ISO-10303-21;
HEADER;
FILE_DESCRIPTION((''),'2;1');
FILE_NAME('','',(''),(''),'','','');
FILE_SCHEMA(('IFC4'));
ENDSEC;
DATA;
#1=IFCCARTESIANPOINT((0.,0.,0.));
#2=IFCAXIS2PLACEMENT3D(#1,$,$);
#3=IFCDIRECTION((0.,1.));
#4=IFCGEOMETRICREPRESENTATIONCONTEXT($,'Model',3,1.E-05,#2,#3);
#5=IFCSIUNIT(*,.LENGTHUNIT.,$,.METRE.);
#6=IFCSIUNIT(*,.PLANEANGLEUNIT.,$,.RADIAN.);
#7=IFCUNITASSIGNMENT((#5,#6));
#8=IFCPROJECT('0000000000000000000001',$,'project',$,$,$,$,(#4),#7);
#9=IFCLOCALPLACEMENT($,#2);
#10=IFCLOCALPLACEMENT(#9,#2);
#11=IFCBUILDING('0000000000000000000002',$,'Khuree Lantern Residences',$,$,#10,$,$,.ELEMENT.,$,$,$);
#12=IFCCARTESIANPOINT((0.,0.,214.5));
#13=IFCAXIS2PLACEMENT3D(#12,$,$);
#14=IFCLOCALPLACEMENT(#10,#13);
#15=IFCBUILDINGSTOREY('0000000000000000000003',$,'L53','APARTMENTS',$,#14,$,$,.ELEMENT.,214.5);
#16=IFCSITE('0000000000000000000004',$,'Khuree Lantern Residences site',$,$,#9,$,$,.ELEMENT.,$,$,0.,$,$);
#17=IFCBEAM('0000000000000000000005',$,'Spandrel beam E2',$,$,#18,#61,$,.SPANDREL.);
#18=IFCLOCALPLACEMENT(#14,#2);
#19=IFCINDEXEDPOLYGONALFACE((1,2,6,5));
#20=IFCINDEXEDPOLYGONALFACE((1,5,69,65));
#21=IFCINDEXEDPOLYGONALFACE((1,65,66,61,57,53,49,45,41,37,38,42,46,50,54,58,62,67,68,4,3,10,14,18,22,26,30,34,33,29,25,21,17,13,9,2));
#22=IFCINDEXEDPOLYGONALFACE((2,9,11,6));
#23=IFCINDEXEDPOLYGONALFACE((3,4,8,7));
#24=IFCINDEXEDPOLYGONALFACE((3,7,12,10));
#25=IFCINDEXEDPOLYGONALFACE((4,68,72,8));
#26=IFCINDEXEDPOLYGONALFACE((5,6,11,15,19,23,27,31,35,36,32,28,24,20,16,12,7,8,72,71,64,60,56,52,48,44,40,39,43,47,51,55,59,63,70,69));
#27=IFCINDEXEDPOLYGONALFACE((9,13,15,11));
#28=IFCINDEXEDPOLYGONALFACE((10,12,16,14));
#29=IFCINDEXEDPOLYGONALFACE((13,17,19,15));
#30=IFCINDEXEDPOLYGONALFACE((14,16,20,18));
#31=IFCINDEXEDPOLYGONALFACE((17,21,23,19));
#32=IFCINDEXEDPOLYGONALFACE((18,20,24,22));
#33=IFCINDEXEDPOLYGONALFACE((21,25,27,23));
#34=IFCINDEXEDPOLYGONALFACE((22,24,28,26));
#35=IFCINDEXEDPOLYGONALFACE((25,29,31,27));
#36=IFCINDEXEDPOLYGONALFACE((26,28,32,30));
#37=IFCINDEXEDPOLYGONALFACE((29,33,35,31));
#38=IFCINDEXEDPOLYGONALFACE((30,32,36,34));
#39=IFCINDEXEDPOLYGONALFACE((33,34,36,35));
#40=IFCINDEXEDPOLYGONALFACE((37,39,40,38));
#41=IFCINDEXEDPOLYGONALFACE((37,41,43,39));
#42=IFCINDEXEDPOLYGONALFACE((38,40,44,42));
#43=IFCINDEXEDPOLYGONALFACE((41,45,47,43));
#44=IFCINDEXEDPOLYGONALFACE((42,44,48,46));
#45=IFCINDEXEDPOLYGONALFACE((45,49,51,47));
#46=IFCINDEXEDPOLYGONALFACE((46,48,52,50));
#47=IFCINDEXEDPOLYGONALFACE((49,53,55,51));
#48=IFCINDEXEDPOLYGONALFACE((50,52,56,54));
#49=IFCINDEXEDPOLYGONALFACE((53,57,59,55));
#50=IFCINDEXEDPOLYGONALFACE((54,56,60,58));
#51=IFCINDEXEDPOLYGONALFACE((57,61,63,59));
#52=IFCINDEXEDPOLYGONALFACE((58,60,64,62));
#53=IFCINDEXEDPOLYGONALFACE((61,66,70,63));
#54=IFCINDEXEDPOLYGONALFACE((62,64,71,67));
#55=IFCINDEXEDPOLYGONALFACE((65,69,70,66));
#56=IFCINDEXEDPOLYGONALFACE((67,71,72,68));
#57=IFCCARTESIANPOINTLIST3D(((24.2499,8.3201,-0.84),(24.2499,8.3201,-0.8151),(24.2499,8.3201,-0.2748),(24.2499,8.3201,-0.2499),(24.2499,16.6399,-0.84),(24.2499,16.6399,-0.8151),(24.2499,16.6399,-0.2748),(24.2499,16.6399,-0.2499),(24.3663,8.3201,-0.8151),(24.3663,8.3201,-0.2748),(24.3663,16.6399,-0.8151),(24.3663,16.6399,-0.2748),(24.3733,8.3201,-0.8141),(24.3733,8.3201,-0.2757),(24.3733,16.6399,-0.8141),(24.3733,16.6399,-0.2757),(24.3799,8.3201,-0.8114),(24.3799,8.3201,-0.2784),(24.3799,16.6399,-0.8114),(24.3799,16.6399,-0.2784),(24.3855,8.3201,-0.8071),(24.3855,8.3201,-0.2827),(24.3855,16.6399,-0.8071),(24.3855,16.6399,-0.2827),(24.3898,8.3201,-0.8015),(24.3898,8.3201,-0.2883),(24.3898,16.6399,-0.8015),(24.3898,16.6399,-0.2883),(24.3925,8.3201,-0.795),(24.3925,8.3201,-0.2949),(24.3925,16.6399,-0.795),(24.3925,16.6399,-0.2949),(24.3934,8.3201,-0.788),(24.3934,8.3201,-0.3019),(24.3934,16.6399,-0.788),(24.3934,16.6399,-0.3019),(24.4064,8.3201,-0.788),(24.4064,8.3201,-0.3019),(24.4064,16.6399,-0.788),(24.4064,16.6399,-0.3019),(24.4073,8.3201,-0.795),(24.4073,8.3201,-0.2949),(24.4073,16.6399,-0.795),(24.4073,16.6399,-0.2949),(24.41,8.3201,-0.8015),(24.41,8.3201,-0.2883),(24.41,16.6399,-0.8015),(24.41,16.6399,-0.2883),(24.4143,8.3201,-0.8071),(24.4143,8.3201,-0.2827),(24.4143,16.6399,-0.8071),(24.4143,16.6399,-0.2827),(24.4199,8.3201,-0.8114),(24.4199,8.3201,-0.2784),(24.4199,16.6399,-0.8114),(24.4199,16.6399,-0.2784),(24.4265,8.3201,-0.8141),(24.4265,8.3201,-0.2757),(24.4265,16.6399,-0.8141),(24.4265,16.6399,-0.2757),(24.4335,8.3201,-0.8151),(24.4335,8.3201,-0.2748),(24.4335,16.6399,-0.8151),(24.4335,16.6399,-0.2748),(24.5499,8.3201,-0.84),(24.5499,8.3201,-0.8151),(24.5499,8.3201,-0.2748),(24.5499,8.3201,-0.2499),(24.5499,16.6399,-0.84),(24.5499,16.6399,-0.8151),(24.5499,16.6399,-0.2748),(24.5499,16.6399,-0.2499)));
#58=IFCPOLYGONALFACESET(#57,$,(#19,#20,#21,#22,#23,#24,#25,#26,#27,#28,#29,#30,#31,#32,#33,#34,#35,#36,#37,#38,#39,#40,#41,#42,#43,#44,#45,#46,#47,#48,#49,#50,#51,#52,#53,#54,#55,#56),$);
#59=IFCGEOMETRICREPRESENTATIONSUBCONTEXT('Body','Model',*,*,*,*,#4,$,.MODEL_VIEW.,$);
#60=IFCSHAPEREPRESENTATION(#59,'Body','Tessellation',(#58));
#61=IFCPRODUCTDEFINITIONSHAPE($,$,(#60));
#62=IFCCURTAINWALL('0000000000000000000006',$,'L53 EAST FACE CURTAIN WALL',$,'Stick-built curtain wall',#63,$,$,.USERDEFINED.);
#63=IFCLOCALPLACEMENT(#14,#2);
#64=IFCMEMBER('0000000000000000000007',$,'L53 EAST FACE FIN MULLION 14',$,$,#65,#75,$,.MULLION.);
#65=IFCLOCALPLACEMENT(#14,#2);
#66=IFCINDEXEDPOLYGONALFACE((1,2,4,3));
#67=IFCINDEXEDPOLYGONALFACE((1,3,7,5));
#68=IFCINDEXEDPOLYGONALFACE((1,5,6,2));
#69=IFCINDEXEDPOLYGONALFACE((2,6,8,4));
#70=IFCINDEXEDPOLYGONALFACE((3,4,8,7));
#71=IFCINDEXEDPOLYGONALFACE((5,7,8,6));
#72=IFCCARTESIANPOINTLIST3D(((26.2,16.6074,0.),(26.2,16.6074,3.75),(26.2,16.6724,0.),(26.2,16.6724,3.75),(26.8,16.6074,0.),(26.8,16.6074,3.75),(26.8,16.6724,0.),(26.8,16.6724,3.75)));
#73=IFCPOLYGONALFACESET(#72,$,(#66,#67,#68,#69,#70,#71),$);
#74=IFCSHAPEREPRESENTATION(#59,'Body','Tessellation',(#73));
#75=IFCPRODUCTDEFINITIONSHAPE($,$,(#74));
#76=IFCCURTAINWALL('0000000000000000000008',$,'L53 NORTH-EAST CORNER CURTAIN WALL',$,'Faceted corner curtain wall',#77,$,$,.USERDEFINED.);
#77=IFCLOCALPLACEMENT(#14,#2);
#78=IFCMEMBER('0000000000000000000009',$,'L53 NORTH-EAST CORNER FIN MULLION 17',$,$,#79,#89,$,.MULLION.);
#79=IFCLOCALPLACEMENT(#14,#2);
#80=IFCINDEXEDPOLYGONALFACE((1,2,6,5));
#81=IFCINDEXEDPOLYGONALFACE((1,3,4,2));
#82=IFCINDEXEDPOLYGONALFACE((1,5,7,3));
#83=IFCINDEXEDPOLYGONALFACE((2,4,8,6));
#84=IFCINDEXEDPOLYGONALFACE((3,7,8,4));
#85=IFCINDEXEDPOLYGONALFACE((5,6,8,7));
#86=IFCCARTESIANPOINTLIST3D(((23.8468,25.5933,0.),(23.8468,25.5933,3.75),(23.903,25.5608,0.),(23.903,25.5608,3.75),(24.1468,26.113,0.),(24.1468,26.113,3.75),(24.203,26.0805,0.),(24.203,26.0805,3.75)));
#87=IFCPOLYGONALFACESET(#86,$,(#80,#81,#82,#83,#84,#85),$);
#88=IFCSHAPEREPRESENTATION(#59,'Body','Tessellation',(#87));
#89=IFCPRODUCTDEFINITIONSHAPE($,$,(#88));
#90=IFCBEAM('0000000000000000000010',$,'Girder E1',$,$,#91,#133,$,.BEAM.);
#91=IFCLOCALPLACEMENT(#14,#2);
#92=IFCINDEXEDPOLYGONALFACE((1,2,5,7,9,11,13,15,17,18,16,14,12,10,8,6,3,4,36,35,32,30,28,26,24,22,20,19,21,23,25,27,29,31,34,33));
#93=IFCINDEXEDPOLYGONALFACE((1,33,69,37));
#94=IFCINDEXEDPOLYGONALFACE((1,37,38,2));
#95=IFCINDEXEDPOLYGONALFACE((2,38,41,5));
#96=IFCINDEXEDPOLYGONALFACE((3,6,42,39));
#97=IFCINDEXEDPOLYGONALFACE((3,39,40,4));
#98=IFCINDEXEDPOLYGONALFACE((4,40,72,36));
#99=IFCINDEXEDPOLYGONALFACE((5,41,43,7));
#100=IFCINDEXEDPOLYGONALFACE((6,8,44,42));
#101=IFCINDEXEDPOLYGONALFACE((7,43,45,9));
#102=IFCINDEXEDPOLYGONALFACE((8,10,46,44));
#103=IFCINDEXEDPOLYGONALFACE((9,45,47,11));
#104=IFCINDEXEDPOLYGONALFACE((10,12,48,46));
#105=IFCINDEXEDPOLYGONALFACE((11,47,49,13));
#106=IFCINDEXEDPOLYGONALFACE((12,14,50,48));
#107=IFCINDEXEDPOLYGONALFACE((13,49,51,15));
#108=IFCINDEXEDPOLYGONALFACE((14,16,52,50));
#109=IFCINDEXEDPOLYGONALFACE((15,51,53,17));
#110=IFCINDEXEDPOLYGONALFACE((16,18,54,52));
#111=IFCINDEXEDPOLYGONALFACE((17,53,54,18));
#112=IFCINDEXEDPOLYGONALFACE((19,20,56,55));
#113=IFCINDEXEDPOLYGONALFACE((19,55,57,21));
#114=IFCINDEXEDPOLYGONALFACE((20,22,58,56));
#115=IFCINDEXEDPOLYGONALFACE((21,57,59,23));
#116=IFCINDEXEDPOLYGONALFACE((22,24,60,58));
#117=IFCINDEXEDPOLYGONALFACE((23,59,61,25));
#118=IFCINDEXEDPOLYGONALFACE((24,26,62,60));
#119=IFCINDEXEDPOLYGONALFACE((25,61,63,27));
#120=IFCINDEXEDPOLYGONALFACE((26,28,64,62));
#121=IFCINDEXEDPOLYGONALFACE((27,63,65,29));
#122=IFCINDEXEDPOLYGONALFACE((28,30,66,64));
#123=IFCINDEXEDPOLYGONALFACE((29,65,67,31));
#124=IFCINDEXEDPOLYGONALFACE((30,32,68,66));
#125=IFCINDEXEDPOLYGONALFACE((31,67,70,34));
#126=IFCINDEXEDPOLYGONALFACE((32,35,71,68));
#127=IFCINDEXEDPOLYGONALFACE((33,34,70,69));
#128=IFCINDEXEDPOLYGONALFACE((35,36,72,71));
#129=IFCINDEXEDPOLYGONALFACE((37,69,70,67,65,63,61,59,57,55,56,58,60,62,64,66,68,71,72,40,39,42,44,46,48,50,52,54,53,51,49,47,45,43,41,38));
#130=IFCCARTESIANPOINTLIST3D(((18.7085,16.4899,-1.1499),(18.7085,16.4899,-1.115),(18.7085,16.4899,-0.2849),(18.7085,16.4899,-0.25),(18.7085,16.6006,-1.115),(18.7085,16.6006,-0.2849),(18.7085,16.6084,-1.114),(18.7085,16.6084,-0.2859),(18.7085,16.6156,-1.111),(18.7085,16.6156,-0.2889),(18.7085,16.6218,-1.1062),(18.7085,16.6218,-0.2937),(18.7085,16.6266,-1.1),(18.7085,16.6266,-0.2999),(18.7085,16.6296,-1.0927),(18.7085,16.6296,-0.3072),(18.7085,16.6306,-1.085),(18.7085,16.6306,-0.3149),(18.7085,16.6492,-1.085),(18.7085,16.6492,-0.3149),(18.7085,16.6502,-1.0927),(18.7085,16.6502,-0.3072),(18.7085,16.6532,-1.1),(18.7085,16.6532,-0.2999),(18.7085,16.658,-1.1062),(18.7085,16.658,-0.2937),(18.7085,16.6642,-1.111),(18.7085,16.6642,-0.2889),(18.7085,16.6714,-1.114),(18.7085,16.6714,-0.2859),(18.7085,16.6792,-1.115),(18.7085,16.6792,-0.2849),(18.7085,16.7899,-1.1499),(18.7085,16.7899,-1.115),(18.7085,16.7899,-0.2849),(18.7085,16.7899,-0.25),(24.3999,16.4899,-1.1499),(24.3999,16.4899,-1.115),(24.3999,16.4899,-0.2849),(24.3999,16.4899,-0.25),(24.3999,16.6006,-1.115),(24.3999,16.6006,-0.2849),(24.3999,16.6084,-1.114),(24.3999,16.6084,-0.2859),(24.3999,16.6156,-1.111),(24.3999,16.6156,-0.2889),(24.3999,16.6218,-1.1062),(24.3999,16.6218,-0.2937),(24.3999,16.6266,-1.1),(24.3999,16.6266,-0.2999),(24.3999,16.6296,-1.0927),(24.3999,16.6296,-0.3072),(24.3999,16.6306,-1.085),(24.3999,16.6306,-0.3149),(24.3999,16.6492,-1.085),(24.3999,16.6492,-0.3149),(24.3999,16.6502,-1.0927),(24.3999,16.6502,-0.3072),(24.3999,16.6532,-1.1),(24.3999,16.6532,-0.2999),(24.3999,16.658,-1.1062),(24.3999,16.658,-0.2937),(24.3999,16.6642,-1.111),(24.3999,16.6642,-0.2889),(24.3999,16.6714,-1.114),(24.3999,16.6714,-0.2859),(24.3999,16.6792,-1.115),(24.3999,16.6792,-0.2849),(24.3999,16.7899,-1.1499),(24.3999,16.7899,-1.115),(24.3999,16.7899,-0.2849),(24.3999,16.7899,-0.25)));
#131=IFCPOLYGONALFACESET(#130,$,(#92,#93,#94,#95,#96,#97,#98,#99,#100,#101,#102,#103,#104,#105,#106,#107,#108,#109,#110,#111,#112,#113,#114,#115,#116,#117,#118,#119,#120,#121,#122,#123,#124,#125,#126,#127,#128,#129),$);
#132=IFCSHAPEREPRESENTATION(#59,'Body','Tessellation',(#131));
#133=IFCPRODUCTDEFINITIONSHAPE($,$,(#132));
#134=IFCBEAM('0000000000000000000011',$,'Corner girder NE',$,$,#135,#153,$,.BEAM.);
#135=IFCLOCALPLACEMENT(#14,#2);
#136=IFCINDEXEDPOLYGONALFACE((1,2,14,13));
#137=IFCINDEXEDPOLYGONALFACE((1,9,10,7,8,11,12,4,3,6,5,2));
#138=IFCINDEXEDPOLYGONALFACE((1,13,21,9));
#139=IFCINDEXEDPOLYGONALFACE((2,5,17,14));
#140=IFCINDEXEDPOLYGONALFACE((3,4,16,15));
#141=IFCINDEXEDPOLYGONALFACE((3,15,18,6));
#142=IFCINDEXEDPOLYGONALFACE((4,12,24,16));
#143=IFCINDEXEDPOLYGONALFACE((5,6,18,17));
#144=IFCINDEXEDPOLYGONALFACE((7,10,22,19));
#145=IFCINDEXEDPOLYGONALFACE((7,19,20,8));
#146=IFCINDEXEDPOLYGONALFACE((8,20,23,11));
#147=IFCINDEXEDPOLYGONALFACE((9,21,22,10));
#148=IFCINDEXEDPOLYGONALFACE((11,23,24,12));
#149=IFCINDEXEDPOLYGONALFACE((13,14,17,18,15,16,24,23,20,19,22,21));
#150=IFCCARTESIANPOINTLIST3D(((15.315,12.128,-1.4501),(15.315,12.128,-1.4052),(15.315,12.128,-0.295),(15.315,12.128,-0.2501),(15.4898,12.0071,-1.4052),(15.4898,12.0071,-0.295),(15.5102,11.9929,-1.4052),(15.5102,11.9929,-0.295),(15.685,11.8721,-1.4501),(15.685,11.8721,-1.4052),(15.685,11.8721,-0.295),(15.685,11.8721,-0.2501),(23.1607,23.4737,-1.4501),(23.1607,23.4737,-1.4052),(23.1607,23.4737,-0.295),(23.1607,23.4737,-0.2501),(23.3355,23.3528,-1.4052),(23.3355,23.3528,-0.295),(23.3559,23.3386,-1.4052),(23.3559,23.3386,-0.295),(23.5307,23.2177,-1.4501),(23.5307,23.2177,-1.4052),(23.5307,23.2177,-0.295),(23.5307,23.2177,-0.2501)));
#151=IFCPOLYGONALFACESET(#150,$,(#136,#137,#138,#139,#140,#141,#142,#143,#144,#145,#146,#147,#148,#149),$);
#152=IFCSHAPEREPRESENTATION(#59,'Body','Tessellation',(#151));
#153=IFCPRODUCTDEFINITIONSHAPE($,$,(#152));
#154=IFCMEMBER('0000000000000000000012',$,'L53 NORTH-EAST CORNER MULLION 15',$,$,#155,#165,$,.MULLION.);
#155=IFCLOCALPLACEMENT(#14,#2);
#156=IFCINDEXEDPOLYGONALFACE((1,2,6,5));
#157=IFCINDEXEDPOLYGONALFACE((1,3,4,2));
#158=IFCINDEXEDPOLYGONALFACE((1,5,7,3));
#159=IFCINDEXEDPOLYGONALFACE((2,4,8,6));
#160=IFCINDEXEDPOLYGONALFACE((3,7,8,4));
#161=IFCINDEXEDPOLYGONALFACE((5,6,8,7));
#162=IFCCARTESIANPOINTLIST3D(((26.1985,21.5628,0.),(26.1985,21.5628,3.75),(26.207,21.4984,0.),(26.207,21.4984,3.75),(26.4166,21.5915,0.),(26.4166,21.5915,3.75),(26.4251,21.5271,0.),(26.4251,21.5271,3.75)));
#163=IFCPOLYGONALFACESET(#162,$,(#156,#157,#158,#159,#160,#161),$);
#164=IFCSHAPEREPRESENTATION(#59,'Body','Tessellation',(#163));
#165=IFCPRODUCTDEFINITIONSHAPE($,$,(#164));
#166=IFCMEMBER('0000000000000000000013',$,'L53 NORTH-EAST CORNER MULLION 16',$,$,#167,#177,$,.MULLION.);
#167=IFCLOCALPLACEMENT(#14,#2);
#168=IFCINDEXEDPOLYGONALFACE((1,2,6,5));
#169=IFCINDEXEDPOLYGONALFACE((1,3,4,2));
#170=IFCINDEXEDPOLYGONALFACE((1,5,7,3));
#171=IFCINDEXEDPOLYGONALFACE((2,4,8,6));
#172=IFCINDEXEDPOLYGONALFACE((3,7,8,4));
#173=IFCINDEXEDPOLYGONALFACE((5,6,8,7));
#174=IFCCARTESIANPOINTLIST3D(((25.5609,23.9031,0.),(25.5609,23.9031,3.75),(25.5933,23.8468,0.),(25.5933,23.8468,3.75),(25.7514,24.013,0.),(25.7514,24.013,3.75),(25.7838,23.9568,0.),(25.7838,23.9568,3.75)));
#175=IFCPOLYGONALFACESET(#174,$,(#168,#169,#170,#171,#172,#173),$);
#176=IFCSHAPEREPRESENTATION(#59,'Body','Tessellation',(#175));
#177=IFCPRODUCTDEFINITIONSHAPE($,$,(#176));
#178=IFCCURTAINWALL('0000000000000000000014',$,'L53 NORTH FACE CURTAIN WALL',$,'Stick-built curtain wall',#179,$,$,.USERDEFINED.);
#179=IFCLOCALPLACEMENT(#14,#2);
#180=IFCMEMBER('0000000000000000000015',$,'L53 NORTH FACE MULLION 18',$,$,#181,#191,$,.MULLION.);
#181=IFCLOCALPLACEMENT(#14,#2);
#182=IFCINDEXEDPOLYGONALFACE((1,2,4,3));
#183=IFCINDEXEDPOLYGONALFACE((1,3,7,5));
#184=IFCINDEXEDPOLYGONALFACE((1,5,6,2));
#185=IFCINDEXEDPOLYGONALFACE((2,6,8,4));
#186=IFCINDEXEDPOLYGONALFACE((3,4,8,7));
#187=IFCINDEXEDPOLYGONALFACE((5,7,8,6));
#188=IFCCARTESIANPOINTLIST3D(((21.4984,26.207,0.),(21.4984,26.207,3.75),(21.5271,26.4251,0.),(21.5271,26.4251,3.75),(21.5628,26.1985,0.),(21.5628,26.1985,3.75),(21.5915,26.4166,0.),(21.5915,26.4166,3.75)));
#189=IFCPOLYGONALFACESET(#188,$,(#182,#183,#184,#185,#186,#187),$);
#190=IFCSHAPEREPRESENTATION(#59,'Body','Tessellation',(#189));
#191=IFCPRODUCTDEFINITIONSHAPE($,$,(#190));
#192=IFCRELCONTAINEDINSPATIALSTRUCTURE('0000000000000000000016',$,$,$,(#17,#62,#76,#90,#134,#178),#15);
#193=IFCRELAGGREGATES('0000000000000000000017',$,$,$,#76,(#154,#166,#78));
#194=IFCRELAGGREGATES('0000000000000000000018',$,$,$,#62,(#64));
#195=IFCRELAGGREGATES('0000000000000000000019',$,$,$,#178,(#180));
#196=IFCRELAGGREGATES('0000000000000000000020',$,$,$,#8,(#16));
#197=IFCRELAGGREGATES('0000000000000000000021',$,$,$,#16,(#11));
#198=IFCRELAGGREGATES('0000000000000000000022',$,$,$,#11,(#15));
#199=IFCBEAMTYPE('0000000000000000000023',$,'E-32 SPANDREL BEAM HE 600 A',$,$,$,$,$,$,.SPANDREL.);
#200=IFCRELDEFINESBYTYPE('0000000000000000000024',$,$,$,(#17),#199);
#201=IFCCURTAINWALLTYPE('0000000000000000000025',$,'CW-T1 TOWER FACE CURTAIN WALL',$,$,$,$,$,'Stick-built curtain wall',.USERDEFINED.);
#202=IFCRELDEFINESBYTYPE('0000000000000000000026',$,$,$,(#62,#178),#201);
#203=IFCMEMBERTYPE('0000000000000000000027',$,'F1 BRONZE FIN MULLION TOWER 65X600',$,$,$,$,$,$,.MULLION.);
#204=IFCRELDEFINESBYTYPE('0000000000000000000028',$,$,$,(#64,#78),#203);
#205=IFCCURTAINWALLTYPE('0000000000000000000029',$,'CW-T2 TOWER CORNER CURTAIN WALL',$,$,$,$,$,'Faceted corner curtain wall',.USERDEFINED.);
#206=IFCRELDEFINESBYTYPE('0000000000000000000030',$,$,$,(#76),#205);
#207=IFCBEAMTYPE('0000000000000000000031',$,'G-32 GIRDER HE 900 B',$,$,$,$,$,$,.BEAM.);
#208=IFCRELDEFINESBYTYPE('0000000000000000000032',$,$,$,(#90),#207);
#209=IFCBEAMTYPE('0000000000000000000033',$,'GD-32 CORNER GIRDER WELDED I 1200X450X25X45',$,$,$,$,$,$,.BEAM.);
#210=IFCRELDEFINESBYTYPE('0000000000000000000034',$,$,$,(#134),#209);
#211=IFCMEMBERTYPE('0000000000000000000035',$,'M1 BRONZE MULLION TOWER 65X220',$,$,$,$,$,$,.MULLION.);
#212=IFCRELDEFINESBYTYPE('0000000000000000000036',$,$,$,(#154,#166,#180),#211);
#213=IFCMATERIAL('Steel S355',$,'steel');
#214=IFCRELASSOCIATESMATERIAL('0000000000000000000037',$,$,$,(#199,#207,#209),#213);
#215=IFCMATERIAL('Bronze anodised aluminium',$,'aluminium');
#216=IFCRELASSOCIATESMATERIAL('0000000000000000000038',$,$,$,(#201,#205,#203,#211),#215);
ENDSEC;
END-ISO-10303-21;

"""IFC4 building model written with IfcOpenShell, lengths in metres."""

from ifc_helpers import new_model, si_unit, direction, frame, origin, origin_2d, place, context, subcontext, project, spatial, rectangle, i_section, extrude, material, material_profile, profile_set, type_object, element, aggregate, save


model = new_model("IFC4")

# Units and contexts
model_context = context("Model", 3, precision=1e-05, world=origin(), true_north=direction((0.0, 1.0)))
body_context = subcontext(model_context, "Body", "Model", "MODEL_VIEW")
ifc_project = project(units=[si_unit("LENGTHUNIT", "METRE"), si_unit("PLANEANGLEUNIT", "RADIAN")], contexts=[model_context])

# Site, building, storey
site_placement = place(None, origin())
site = spatial("IfcSite", under=ifc_project, at=site_placement, Name="Khuree Lantern Residences site", CompositionType="ELEMENT", RefElevation=0.0)
building_placement = place(site_placement, origin())
building = spatial("IfcBuilding", under=site, at=building_placement, Name="Khuree Lantern Residences", CompositionType="ELEMENT")
storey_placement = place(building_placement, frame((0.0, 0.0, 214.5)))
storey = spatial("IfcBuildingStorey", under=building, at=storey_placement, Name="L53", Description="APARTMENTS", CompositionType="ELEMENT", Elevation=214.5)

# Beam
ifc_material_1 = material(Name="Steel S355", Category="steel")
ifc_material_profile_1 = material_profile(ifc_material_1, i_section(OverallWidth=0.3, OverallDepth=0.5901, WebThickness=0.0129, FlangeThickness=0.0249, FilletRadius=0.0271, at=origin_2d()), Name="HE 600 A")
ifc_profile_set_1 = profile_set([ifc_material_profile_1], Name="Steel S355")
beam_type_1 = type_object("IfcBeamType", Name="E-32 SPANDREL BEAM HE 600 A", PredefinedType="SPANDREL", material=ifc_profile_set_1)
beam_1_placement = place(storey_placement, frame((24.3999, 16.6399, -0.5449), z_axis=(0.0, -1.0, 0.0), x_axis=(1.0, 0.0, 0.0)))
element("IfcBeam", 1, at=beam_1_placement, inside=storey, type_object=beam_type_1, Name="Spandrel beam E2", PredefinedType="SPANDREL", context=body_context, shape_type="SweptSolid", body=[
    extrude(i_section(OverallWidth=0.3, OverallDepth=0.5901, WebThickness=0.0129, FlangeThickness=0.0249, FilletRadius=0.0271, at=origin_2d()), origin(), (0.0, 0.0, 1.0), 8.3198),
])

# Curtain walls, members
ifc_material_2 = material(Name="Bronze anodised aluminium", Category="aluminium")
curtain_wall_type_1 = type_object("IfcCurtainWallType", Name="CW-T1 TOWER FACE CURTAIN WALL", ElementType="Stick-built curtain wall", PredefinedType="USERDEFINED", material=ifc_material_2)
curtain_wall_1_placement = place(storey_placement, origin())
curtain_wall_1 = element("IfcCurtainWall", 2, at=curtain_wall_1_placement, inside=storey, type_object=curtain_wall_type_1, Name="L53 EAST FACE CURTAIN WALL", ObjectType="Stick-built curtain wall", PredefinedType="USERDEFINED")
ifc_material_profile_2 = material_profile(ifc_material_2, rectangle(XDim=0.0649, YDim=0.6001, at=origin_2d()), Name="F1 65X600")
ifc_profile_set_2 = profile_set([ifc_material_profile_2], Name="Bronze anodised aluminium")
member_type_1 = type_object("IfcMemberType", Name="F1 BRONZE FIN MULLION TOWER 65X600", PredefinedType="MULLION", material=ifc_profile_set_2)
member_1_placement = place(storey_placement, frame((26.5, 16.6399, 0.0), z_axis=(0.0, 0.0, 1.0), x_axis=(0.0, 1.0, 0.0)))
member_1 = element("IfcMember", 3, at=member_1_placement, type_object=member_type_1, Name="L53 EAST FACE FIN MULLION 14", PredefinedType="MULLION", context=body_context, shape_type="SweptSolid", body=[
    extrude(rectangle(XDim=0.0649, YDim=0.6001, at=origin_2d()), origin(), (0.0, 0.0, 1.0), 3.75),
])
curtain_wall_type_2 = type_object("IfcCurtainWallType", Name="CW-T2 TOWER CORNER CURTAIN WALL", ElementType="Faceted corner curtain wall", PredefinedType="USERDEFINED", material=ifc_material_2)
curtain_wall_2_placement = place(storey_placement, origin())
curtain_wall_2 = element("IfcCurtainWall", 4, at=curtain_wall_2_placement, inside=storey, type_object=curtain_wall_type_2, Name="L53 NORTH-EAST CORNER CURTAIN WALL", ObjectType="Faceted corner curtain wall", PredefinedType="USERDEFINED")
member_2_placement = place(storey_placement, frame((24.0249, 25.8369, 0.0), z_axis=(0.0, 0.0, 1.0), x_axis=(-0.866025, 0.5, 0.0)))
member_2 = element("IfcMember", 5, at=member_2_placement, type_object=member_type_1, Name="L53 NORTH-EAST CORNER FIN MULLION 17", PredefinedType="MULLION", context=body_context, shape_type="SweptSolid", body=[
    extrude(rectangle(XDim=0.0649, YDim=0.6001, at=origin_2d()), origin(), (0.0, 0.0, 1.0), 3.75),
])

# Beams
ifc_material_profile_3 = material_profile(ifc_material_1, i_section(OverallWidth=0.3, OverallDepth=0.8999, WebThickness=0.0186, FlangeThickness=0.0349, FilletRadius=0.03, at=origin_2d()), Name="HE 900 B")
ifc_profile_set_3 = profile_set([ifc_material_profile_3], Name="Steel S355")
beam_type_2 = type_object("IfcBeamType", Name="G-32 GIRDER HE 900 B", PredefinedType="BEAM", material=ifc_profile_set_3)
beam_2_placement = place(storey_placement, frame((24.3999, 16.6399, -0.7), z_axis=(-1.0, 0.0, 0.0), x_axis=(0.0, -1.0, 0.0)))
element("IfcBeam", 6, at=beam_2_placement, inside=storey, type_object=beam_type_2, Name="Girder E1", PredefinedType="BEAM", context=body_context, shape_type="SweptSolid", body=[
    extrude(i_section(OverallWidth=0.3, OverallDepth=0.8999, WebThickness=0.0186, FlangeThickness=0.0349, FilletRadius=0.03, at=origin_2d()), origin(), (0.0, 0.0, 1.0), 5.6914),
])
ifc_material_profile_4 = material_profile(ifc_material_1, i_section(OverallWidth=0.45, OverallDepth=1.2, WebThickness=0.0249, FlangeThickness=0.0449, at=origin_2d()), Name="WELDED I 1200X450X25X45")
ifc_profile_set_4 = profile_set([ifc_material_profile_4], Name="Steel S355")
beam_type_3 = type_object("IfcBeamType", Name="GD-32 CORNER GIRDER WELDED I 1200X450X25X45", PredefinedType="BEAM", material=ifc_profile_set_4)
beam_3_placement = place(storey_placement, frame((23.3457, 23.3457, -0.8501), z_axis=(-0.568768, -0.822498, 0.0), x_axis=(0.822498, -0.568768, 0.0)))
element("IfcBeam", 7, at=beam_3_placement, inside=storey, type_object=beam_type_3, Name="Corner girder NE", PredefinedType="BEAM", context=body_context, shape_type="SweptSolid", body=[
    extrude(i_section(OverallWidth=0.45, OverallDepth=1.2, WebThickness=0.0249, FlangeThickness=0.0449, at=origin_2d()), origin(), (0.0, 0.0, 1.0), 13.7942),
])

# Members
ifc_material_profile_5 = material_profile(ifc_material_2, rectangle(XDim=0.0649, YDim=0.22, at=origin_2d()), Name="M1 65X220")
ifc_profile_set_5 = profile_set([ifc_material_profile_5], Name="Bronze anodised aluminium")
member_type_2 = type_object("IfcMemberType", Name="M1 BRONZE MULLION TOWER 65X220", PredefinedType="MULLION", material=ifc_profile_set_5)
member_3_placement = place(storey_placement, frame((26.3118, 21.5449, 0.0), z_axis=(0.0, 0.0, 1.0), x_axis=(-0.130526, 0.991445, 0.0)))
member_3 = element("IfcMember", 8, at=member_3_placement, type_object=member_type_2, Name="L53 NORTH-EAST CORNER MULLION 15", PredefinedType="MULLION", context=body_context, shape_type="SweptSolid", body=[
    extrude(rectangle(XDim=0.0649, YDim=0.22, at=origin_2d()), origin(), (0.0, 0.0, 1.0), 3.75),
])
member_4_placement = place(storey_placement, frame((25.6724, 23.9299, 0.0), z_axis=(0.0, 0.0, 1.0), x_axis=(-0.5, 0.866025, 0.0)))
member_4 = element("IfcMember", 9, at=member_4_placement, type_object=member_type_2, Name="L53 NORTH-EAST CORNER MULLION 16", PredefinedType="MULLION", context=body_context, shape_type="SweptSolid", body=[
    extrude(rectangle(XDim=0.0649, YDim=0.22, at=origin_2d()), origin(), (0.0, 0.0, 1.0), 3.75),
])

# Curtain wall, member
curtain_wall_3_placement = place(storey_placement, origin())
curtain_wall_3 = element("IfcCurtainWall", 10, at=curtain_wall_3_placement, inside=storey, type_object=curtain_wall_type_1, Name="L53 NORTH FACE CURTAIN WALL", ObjectType="Stick-built curtain wall", PredefinedType="USERDEFINED")
member_5_placement = place(storey_placement, frame((21.5449, 26.3118, 0.0), z_axis=(0.0, 0.0, 1.0), x_axis=(-0.991445, 0.130526, 0.0)))
member_5 = element("IfcMember", 11, at=member_5_placement, type_object=member_type_2, Name="L53 NORTH FACE MULLION 18", PredefinedType="MULLION", context=body_context, shape_type="SweptSolid", body=[
    extrude(rectangle(XDim=0.0649, YDim=0.22, at=origin_2d()), origin(), (0.0, 0.0, 1.0), 3.75),
])

aggregate(curtain_wall_2, [member_3, member_4, member_2])
aggregate(curtain_wall_1, [member_1])
aggregate(curtain_wall_3, [member_5])

save(model, "model.ifc")
